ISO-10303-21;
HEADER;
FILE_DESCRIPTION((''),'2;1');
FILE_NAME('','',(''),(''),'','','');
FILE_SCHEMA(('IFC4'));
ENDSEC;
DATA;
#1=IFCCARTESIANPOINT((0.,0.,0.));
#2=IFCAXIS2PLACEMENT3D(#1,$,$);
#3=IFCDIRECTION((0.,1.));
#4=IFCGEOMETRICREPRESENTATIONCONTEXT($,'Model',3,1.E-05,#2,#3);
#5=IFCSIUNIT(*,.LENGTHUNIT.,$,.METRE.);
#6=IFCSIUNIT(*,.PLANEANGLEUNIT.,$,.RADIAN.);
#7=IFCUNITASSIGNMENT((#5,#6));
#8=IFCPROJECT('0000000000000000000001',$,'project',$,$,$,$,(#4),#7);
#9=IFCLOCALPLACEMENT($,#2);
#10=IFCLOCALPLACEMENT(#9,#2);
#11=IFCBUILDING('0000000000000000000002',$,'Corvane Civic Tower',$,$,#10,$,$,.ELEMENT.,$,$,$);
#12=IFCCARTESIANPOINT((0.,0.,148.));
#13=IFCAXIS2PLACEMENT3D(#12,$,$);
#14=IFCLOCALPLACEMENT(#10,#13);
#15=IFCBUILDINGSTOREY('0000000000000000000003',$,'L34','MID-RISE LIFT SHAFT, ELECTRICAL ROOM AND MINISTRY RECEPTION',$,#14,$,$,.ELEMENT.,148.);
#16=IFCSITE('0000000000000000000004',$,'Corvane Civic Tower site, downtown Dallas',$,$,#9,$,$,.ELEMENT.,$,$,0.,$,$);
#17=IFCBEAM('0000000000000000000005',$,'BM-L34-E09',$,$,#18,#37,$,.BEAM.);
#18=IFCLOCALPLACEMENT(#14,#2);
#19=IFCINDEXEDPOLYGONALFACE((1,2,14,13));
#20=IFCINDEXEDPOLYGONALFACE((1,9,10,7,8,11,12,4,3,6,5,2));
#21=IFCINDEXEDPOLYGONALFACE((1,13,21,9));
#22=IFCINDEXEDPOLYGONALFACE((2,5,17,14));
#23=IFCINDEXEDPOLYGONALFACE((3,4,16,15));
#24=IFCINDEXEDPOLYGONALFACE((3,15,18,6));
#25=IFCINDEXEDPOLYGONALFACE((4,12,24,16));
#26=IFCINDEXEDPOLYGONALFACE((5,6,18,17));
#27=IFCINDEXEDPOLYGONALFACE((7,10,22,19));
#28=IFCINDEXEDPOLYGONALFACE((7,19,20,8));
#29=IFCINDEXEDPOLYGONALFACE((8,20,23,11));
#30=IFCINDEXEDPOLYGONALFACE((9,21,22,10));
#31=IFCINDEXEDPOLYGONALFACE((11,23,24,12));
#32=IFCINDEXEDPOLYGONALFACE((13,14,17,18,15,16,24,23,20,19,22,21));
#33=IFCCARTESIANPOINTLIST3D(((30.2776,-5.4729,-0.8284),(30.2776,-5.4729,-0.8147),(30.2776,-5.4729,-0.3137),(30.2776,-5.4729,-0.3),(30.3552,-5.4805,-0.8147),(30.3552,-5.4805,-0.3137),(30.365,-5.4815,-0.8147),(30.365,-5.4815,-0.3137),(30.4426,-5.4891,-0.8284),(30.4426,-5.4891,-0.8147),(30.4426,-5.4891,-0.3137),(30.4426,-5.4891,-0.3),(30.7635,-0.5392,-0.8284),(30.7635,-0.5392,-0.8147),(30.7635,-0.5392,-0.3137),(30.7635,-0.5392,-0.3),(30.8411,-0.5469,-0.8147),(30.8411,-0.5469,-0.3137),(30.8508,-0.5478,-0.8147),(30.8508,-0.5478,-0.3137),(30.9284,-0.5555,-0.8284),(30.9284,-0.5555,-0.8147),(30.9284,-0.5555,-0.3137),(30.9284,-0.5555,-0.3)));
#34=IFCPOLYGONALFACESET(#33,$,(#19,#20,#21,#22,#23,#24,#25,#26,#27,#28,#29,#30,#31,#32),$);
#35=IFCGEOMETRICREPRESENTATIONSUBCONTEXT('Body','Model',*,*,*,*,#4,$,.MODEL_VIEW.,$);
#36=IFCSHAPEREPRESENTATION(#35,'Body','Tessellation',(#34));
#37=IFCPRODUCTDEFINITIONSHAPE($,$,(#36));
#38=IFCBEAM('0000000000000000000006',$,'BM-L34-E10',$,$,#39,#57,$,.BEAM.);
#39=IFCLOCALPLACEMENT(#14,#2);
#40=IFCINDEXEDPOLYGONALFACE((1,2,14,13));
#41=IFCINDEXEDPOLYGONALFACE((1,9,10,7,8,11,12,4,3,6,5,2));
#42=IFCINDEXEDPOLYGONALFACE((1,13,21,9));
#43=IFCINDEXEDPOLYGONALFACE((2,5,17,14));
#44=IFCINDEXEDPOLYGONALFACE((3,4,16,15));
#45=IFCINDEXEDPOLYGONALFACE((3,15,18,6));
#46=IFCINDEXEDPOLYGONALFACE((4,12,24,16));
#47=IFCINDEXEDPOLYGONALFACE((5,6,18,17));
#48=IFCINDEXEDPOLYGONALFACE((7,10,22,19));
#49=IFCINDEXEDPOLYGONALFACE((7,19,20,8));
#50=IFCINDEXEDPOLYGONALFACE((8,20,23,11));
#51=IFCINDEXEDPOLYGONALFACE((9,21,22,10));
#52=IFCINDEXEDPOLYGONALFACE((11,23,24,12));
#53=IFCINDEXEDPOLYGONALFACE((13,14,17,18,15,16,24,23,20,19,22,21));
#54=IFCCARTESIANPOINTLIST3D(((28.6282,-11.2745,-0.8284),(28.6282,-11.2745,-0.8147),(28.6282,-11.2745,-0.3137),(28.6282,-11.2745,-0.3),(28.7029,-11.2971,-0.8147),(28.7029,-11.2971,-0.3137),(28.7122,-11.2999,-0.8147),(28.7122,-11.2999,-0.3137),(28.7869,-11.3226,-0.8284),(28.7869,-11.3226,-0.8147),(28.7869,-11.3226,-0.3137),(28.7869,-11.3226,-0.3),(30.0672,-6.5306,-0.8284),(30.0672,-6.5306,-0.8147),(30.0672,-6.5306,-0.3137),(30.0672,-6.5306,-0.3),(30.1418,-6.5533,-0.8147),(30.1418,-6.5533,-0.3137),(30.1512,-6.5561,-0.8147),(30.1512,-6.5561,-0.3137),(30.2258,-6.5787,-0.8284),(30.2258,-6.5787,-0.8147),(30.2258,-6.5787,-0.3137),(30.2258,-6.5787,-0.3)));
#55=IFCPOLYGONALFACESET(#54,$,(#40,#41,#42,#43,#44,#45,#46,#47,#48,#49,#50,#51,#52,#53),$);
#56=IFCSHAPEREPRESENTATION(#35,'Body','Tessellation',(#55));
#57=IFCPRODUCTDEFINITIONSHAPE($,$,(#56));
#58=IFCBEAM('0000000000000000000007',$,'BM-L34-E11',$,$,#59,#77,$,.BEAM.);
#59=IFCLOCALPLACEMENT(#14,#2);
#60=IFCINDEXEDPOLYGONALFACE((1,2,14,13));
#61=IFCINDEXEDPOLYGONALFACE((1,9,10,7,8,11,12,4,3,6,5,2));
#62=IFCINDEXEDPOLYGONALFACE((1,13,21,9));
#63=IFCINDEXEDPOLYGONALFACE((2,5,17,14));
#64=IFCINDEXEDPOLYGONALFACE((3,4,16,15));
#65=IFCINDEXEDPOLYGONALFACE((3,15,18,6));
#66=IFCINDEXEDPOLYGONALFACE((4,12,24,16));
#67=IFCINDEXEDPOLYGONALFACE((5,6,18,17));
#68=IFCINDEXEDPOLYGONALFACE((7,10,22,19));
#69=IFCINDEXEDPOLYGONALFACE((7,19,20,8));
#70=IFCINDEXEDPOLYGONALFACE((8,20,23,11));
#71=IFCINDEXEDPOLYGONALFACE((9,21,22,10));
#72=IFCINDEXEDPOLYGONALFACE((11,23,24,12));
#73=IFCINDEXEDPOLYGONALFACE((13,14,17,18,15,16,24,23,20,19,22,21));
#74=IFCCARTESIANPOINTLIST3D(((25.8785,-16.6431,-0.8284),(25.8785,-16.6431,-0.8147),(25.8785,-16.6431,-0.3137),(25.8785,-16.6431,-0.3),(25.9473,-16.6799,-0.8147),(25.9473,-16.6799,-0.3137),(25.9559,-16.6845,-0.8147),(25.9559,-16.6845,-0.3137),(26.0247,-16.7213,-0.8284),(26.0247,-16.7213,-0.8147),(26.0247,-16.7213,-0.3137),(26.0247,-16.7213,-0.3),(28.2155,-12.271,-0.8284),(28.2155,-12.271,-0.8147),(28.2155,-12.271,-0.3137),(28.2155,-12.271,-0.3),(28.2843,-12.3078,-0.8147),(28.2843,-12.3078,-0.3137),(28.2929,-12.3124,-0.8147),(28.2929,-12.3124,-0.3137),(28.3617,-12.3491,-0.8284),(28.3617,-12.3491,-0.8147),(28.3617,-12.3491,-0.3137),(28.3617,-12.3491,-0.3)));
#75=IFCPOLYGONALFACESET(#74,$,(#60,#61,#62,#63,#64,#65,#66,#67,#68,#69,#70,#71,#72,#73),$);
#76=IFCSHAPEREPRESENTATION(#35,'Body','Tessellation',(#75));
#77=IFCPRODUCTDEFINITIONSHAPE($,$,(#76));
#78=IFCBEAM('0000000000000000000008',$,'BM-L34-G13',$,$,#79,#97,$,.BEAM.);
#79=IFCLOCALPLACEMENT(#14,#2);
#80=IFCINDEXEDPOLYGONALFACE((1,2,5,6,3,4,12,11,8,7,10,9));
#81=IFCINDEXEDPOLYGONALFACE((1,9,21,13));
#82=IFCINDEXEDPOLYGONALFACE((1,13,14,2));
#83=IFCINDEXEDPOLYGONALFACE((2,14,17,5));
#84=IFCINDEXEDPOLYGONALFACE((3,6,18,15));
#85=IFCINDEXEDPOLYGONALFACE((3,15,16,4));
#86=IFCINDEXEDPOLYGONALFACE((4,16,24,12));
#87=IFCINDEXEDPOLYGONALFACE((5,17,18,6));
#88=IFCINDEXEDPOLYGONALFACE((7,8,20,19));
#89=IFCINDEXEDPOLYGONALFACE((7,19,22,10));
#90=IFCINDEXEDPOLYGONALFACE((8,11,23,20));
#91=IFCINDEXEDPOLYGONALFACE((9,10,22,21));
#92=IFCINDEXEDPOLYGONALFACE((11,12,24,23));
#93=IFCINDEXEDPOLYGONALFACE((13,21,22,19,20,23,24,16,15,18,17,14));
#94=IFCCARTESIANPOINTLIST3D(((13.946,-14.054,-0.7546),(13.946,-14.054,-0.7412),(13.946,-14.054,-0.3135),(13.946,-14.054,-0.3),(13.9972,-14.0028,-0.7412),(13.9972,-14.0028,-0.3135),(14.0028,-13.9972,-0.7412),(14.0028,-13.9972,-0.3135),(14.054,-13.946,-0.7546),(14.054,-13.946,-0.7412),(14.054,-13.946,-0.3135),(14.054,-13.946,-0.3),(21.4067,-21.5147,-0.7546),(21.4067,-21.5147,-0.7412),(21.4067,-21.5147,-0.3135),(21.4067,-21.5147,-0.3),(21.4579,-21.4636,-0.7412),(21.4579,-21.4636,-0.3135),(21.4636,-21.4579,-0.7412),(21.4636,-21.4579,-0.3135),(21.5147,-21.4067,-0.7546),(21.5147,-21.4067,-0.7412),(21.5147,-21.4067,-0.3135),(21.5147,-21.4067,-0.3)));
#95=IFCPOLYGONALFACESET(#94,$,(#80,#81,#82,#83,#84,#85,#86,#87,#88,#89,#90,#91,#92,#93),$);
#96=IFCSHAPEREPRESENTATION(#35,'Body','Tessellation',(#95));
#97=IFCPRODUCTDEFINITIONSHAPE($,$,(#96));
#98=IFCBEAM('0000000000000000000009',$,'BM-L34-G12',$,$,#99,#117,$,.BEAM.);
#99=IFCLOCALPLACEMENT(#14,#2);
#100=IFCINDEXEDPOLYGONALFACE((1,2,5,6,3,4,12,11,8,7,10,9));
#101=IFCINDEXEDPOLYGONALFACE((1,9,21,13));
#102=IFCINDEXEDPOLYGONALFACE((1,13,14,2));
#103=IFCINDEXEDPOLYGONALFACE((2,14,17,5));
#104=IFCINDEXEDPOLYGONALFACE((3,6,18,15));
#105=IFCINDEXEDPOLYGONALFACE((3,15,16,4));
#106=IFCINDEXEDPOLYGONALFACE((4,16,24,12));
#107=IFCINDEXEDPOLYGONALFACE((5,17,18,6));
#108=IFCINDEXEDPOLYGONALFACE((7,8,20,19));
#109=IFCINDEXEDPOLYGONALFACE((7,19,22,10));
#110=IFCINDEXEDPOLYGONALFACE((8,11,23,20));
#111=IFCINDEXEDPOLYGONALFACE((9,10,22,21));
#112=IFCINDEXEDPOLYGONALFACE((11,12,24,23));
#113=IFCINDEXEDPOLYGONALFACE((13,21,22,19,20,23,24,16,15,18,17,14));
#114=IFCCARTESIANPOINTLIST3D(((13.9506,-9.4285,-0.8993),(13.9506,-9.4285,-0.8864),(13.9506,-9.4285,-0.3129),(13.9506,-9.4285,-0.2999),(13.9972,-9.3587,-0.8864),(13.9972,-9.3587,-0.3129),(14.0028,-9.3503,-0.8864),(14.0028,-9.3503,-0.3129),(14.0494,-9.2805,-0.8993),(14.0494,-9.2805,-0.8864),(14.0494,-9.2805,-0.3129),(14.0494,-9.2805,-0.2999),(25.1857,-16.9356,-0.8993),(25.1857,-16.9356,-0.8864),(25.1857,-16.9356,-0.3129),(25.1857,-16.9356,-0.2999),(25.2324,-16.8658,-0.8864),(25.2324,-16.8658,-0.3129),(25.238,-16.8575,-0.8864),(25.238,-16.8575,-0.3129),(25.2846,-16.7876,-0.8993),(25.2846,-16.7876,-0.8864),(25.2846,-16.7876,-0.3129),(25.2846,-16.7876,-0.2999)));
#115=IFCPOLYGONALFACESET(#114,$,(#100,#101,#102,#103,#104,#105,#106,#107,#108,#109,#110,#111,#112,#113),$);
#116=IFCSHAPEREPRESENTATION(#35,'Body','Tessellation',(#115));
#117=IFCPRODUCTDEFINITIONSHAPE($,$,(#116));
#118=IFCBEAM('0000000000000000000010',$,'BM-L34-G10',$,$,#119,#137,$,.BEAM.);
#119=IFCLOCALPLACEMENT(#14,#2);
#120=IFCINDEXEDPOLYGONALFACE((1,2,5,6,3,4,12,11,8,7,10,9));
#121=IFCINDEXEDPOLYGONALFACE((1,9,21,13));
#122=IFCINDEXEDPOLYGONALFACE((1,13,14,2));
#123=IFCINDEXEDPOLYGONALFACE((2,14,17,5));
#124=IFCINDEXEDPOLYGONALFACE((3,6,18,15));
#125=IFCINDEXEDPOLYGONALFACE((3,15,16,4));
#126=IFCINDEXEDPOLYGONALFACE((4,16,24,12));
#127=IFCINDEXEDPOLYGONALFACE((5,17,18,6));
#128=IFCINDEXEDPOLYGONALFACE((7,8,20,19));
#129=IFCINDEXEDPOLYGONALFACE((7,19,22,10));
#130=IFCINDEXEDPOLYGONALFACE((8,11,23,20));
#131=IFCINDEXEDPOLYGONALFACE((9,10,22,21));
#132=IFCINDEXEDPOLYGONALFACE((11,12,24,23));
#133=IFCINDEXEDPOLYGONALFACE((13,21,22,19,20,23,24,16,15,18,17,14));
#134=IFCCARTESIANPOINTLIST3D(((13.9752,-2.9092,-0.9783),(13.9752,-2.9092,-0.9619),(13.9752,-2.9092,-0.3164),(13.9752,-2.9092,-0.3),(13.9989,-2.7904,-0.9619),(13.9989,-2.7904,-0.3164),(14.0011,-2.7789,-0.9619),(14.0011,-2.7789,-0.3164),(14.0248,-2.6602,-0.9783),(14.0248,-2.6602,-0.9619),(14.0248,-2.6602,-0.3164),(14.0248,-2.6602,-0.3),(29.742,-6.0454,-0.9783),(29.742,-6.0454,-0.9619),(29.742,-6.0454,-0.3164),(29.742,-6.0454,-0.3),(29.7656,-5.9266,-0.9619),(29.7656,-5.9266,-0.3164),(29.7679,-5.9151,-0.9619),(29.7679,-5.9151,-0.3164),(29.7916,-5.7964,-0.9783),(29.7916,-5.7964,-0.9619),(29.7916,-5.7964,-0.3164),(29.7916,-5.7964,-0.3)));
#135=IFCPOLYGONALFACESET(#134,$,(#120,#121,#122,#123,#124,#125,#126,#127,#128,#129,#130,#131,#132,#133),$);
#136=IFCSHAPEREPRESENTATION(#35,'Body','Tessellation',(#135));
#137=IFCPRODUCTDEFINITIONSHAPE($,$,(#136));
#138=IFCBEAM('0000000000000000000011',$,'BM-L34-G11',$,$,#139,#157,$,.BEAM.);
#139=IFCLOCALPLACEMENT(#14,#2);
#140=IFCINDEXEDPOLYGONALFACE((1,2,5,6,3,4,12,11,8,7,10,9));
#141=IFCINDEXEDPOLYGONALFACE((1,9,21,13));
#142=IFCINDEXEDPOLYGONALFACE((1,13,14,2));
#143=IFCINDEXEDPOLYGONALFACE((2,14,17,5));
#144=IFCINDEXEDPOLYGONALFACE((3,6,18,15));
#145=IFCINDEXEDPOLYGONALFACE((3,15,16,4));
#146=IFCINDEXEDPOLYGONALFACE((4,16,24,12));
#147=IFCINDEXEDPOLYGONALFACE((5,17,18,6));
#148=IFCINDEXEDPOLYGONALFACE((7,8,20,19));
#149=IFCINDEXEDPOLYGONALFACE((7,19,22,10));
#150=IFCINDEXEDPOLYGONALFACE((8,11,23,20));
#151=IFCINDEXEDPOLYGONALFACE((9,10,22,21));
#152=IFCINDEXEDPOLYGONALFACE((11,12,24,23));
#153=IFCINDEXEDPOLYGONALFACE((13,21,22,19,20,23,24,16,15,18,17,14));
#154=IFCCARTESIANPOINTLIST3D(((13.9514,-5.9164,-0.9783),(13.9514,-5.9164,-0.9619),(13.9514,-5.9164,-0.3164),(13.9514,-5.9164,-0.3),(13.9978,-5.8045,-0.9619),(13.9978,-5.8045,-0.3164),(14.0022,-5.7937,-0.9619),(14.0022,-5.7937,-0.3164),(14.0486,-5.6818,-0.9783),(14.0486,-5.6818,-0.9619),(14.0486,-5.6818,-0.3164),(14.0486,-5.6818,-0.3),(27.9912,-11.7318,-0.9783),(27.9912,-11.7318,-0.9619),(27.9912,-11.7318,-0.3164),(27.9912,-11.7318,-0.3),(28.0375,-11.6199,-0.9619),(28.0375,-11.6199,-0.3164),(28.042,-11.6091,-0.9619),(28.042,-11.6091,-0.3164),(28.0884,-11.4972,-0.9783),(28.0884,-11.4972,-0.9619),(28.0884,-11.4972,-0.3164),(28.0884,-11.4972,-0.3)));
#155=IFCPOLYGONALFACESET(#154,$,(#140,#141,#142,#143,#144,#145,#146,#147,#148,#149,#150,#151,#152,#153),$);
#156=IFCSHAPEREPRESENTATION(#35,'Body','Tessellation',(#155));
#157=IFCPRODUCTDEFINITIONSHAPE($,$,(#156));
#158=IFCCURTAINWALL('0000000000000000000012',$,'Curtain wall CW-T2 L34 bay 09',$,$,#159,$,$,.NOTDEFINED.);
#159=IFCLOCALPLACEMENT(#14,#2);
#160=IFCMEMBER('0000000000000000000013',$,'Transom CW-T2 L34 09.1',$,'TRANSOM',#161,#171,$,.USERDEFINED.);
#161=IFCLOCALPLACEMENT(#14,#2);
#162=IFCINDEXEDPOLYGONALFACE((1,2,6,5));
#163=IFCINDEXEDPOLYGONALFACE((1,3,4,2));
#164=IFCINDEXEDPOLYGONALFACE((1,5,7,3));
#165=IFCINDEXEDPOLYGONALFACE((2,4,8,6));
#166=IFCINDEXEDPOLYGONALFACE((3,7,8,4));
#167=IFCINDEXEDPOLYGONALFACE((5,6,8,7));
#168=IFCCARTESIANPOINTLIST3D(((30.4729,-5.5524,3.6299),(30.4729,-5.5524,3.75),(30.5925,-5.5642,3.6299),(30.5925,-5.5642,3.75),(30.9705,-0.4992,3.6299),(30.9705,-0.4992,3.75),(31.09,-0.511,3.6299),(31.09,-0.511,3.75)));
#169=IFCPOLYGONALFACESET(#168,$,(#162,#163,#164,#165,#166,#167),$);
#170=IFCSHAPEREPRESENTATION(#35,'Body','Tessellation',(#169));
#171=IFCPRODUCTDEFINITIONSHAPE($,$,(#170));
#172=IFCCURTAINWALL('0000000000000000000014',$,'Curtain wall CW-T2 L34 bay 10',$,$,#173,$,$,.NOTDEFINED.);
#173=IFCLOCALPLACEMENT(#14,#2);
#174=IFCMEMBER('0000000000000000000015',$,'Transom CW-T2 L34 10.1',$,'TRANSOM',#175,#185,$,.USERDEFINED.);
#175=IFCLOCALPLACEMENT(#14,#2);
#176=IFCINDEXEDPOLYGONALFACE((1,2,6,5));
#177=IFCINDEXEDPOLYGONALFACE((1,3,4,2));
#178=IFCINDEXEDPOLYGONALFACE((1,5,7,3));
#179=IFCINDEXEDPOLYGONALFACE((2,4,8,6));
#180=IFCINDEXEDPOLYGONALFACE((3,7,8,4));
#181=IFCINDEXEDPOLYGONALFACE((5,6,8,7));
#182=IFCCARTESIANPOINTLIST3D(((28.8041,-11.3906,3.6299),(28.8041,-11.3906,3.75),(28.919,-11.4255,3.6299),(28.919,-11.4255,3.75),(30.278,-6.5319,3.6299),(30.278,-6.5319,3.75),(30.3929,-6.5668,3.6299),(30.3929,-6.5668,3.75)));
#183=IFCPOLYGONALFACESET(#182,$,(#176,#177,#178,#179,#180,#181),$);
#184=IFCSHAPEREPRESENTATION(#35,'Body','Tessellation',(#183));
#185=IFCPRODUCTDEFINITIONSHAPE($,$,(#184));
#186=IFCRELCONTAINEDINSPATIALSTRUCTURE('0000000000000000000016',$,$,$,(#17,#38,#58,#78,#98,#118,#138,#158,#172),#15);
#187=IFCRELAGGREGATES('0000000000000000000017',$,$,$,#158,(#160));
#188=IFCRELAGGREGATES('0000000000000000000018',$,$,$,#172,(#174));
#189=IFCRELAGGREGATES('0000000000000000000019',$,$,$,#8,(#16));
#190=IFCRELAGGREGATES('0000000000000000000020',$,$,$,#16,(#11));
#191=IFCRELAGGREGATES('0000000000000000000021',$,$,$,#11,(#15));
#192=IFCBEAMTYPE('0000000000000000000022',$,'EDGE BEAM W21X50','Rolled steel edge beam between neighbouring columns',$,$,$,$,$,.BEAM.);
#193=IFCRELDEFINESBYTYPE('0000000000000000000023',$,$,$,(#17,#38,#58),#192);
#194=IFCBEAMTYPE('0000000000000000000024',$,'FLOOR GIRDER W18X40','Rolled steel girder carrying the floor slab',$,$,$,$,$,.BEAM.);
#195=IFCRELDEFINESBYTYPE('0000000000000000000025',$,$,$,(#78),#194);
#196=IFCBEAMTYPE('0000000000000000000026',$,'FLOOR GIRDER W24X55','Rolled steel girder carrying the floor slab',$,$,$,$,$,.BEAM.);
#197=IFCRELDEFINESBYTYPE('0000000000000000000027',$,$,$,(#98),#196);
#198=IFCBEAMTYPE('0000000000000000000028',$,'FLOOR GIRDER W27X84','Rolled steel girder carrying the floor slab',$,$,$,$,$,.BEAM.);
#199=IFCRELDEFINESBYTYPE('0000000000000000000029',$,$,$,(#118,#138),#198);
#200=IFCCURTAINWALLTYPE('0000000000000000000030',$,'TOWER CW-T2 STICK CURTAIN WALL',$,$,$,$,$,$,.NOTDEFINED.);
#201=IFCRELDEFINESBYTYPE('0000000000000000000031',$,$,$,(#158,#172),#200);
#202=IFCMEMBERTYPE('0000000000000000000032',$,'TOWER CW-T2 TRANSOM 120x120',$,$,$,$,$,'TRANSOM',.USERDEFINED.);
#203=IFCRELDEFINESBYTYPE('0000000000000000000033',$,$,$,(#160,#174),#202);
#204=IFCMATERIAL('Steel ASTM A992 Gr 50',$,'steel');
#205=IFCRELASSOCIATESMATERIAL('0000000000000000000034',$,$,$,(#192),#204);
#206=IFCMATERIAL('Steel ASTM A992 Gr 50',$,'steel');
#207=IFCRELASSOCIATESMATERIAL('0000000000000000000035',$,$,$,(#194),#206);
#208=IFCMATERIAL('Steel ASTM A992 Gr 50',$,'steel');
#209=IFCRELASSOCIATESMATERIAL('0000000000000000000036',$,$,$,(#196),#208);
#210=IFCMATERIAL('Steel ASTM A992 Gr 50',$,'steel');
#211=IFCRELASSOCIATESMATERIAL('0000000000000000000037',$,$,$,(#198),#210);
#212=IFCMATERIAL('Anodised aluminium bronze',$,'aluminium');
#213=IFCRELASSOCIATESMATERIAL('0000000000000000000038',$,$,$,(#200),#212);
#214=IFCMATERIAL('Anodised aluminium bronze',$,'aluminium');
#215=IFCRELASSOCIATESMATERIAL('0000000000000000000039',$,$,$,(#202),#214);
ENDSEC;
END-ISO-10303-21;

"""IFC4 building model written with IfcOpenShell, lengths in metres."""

from ifc_helpers import new_model, si_unit, direction, frame, origin, origin_2d, place, context, subcontext, project, spatial, rectangle, i_section, extrude, material, material_profile, profile_set, type_object, element, aggregate, save


model = new_model("IFC4")

# Units and contexts
model_context = context("Model", 3, precision=1e-05, world=origin(), true_north=direction((0.0, 1.0)))
body_context = subcontext(model_context, "Body", "Model", "MODEL_VIEW")
ifc_project = project(units=[si_unit("LENGTHUNIT", "METRE"), si_unit("PLANEANGLEUNIT", "RADIAN")], contexts=[model_context])

# Site, building, storey
site_placement = place(None, origin())
site = spatial("IfcSite", under=ifc_project, at=site_placement, Name="Corvane Civic Tower site, downtown Dallas", CompositionType="ELEMENT", RefElevation=0.0)
building_placement = place(site_placement, origin())
building = spatial("IfcBuilding", under=site, at=building_placement, Name="Corvane Civic Tower", CompositionType="ELEMENT")
storey_placement = place(building_placement, frame((0.0, 0.0, 148.0)))
storey = spatial("IfcBuildingStorey", under=building, at=storey_placement, Name="L34", Description="MID-RISE LIFT SHAFT, ELECTRICAL ROOM AND MINISTRY RECEPTION", CompositionType="ELEMENT", Elevation=148.0)

# Beams
ifc_material_1 = material(Name="Steel ASTM A992 Gr 50", Category="steel")
ifc_material_profile_1 = material_profile(ifc_material_1, i_section(OverallWidth=0.1658, OverallDepth=0.5283, WebThickness=0.0098, FlangeThickness=0.0137, at=origin_2d()), Name="W21X50")
ifc_profile_set_1 = profile_set([ifc_material_profile_1], Name="Steel ASTM A992 Gr 50")
beam_type_1 = type_object("IfcBeamType", Name="EDGE BEAM W21X50", Description="Rolled steel edge beam between neighbouring columns", PredefinedType="BEAM", material=ifc_profile_set_1)
beam_1_placement = place(storey_placement, frame((30.8459, -0.5474, -0.5642), z_axis=(-0.098002, -0.995186, 0.0), x_axis=(0.995186, -0.098002, 0.0)))
element("IfcBeam", 1, at=beam_1_placement, inside=storey, type_object=beam_type_1, Name="BM-L34-E09", PredefinedType="BEAM", context=body_context, shape_type="SweptSolid", body=[
    extrude(i_section(OverallWidth=0.1658, OverallDepth=0.5283, WebThickness=0.0098, FlangeThickness=0.0137, at=origin_2d()), origin(), (0.0, 0.0, 1.0), 4.9575),
])
beam_2_placement = place(storey_placement, frame((30.1465, -6.5547, -0.5642), z_axis=(-0.29027, -0.956945, 0.0), x_axis=(0.956945, -0.29027, 0.0)))
element("IfcBeam", 2, at=beam_2_placement, inside=storey, type_object=beam_type_1, Name="BM-L34-E10", PredefinedType="BEAM", context=body_context, shape_type="SweptSolid", body=[
    extrude(i_section(OverallWidth=0.1658, OverallDepth=0.5283, WebThickness=0.0098, FlangeThickness=0.0137, at=origin_2d()), origin(), (0.0, 0.0, 1.0), 4.9573),
])
beam_3_placement = place(storey_placement, frame((28.2886, -12.3101, -0.5642), z_axis=(-0.471396, -0.881922, 0.0), x_axis=(0.881922, -0.471396, 0.0)))
element("IfcBeam", 3, at=beam_3_placement, inside=storey, type_object=beam_type_1, Name="BM-L34-E11", PredefinedType="BEAM", context=body_context, shape_type="SweptSolid", body=[
    extrude(i_section(OverallWidth=0.1658, OverallDepth=0.5283, WebThickness=0.0098, FlangeThickness=0.0137, at=origin_2d()), origin(), (0.0, 0.0, 1.0), 4.9575),
])
ifc_material_2 = material(Name="Steel ASTM A992 Gr 50", Category="steel")
ifc_material_profile_2 = material_profile(ifc_material_2, i_section(OverallWidth=0.1528, OverallDepth=0.4546, WebThickness=0.0081, FlangeThickness=0.0134, at=origin_2d()), Name="W18X40")
ifc_profile_set_2 = profile_set([ifc_material_profile_2], Name="Steel ASTM A992 Gr 50")
beam_type_2 = type_object("IfcBeamType", Name="FLOOR GIRDER W18X40", Description="Rolled steel girder carrying the floor slab", PredefinedType="BEAM", material=ifc_profile_set_2)
beam_4_placement = place(storey_placement, frame((14.0, -14.0, -0.5273), z_axis=(0.707107, -0.707107, 0.0), x_axis=(0.707107, 0.707107, 0.0)))
element("IfcBeam", 4, at=beam_4_placement, inside=storey, type_object=beam_type_2, Name="BM-L34-G13", PredefinedType="BEAM", context=body_context, shape_type="SweptSolid", body=[
    extrude(i_section(OverallWidth=0.1528, OverallDepth=0.4546, WebThickness=0.0081, FlangeThickness=0.0134, at=origin_2d()), origin(), (0.0, 0.0, 1.0), 10.551),
])
ifc_material_3 = material(Name="Steel ASTM A992 Gr 50", Category="steel")
ifc_material_profile_3 = material_profile(ifc_material_3, i_section(OverallWidth=0.178, OverallDepth=0.5994, WebThickness=0.01, FlangeThickness=0.0129, at=origin_2d()), Name="W24X55")
ifc_profile_set_3 = profile_set([ifc_material_profile_3], Name="Steel ASTM A992 Gr 50")
beam_type_3 = type_object("IfcBeamType", Name="FLOOR GIRDER W24X55", Description="Rolled steel girder carrying the floor slab", PredefinedType="BEAM", material=ifc_profile_set_3)
beam_5_placement = place(storey_placement, frame((14.0, -9.3545, -0.5996), z_axis=(0.831469, -0.555571, 0.0), x_axis=(0.555571, 0.831469, 0.0)))
element("IfcBeam", 5, at=beam_5_placement, inside=storey, type_object=beam_type_3, Name="BM-L34-G12", PredefinedType="BEAM", context=body_context, shape_type="SweptSolid", body=[
    extrude(i_section(OverallWidth=0.178, OverallDepth=0.5994, WebThickness=0.01, FlangeThickness=0.0129, at=origin_2d()), origin(), (0.0, 0.0, 1.0), 13.5125),
])
ifc_material_4 = material(Name="Steel ASTM A992 Gr 50", Category="steel")
ifc_material_profile_4 = material_profile(ifc_material_4, i_section(OverallWidth=0.2539, OverallDepth=0.6782, WebThickness=0.0117, FlangeThickness=0.0164, at=origin_2d()), Name="W27X84")
ifc_profile_set_4 = profile_set([ifc_material_profile_4], Name="Steel ASTM A992 Gr 50")
beam_type_4 = type_object("IfcBeamType", Name="FLOOR GIRDER W27X84", Description="Rolled steel girder carrying the floor slab", PredefinedType="BEAM", material=ifc_profile_set_4)
beam_6_placement = place(storey_placement, frame((14.0, -2.7847, -0.6392), z_axis=(0.980785, -0.195091, 0.0), x_axis=(0.195091, 0.980785, 0.0)))
element("IfcBeam", 6, at=beam_6_placement, inside=storey, type_object=beam_type_4, Name="BM-L34-G10", PredefinedType="BEAM", context=body_context, shape_type="SweptSolid", body=[
    extrude(i_section(OverallWidth=0.2539, OverallDepth=0.6782, WebThickness=0.0117, FlangeThickness=0.0164, at=origin_2d()), origin(), (0.0, 0.0, 1.0), 16.0757),
])
beam_7_placement = place(storey_placement, frame((14.0, -5.7991, -0.6392), z_axis=(0.923881, -0.382681, 0.0), x_axis=(0.382681, 0.923881, 0.0)))
element("IfcBeam", 7, at=beam_7_placement, inside=storey, type_object=beam_type_4, Name="BM-L34-G11", PredefinedType="BEAM", context=body_context, shape_type="SweptSolid", body=[
    extrude(i_section(OverallWidth=0.2539, OverallDepth=0.6782, WebThickness=0.0117, FlangeThickness=0.0164, at=origin_2d()), origin(), (0.0, 0.0, 1.0), 15.1965),
])

# Curtain walls, members
ifc_material_5 = material(Name="Anodised aluminium bronze", Category="aluminium")
curtain_wall_type = type_object("IfcCurtainWallType", Name="TOWER CW-T2 STICK CURTAIN WALL", PredefinedType="NOTDEFINED", material=ifc_material_5)
curtain_wall_1_placement = place(storey_placement, origin())
curtain_wall_1 = element("IfcCurtainWall", 8, at=curtain_wall_1_placement, inside=storey, type_object=curtain_wall_type, Name="Curtain wall CW-T2 L34 bay 09", PredefinedType="NOTDEFINED")
ifc_material_6 = material(Name="Anodised aluminium bronze", Category="aluminium")
ifc_material_profile_5 = material_profile(ifc_material_6, rectangle(XDim=0.1201, YDim=0.1201, at=origin_2d()), Name="TOWER CW-T2 TRANSOM 120x120")
ifc_profile_set_5 = profile_set([ifc_material_profile_5], Name="Anodised aluminium bronze")
member_type = type_object("IfcMemberType", Name="TOWER CW-T2 TRANSOM 120x120", ElementType="TRANSOM", PredefinedType="USERDEFINED", material=ifc_profile_set_5)
member_1_placement = place(storey_placement, frame((31.0303, -0.5051, 3.6899), z_axis=(-0.09799, -0.995187, 0.0), x_axis=(0.995187, -0.09799, 0.0)))
member_1 = element("IfcMember", 9, at=member_1_placement, type_object=member_type, Name="Transom CW-T2 L34 09.1", ObjectType="TRANSOM", PredefinedType="USERDEFINED", context=body_context, shape_type="SweptSolid", body=[
    extrude(rectangle(XDim=0.1201, YDim=0.1201, at=origin_2d()), origin(), (0.0, 0.0, 1.0), 5.0776),
])
curtain_wall_2_placement = place(storey_placement, origin())
curtain_wall_2 = element("IfcCurtainWall", 10, at=curtain_wall_2_placement, inside=storey, type_object=curtain_wall_type, Name="Curtain wall CW-T2 L34 bay 10", PredefinedType="NOTDEFINED")
member_2_placement = place(storey_placement, frame((30.3354, -6.5493, 3.6899), z_axis=(-0.290289, -0.956939, 0.0), x_axis=(0.956939, -0.290289, 0.0)))
member_2 = element("IfcMember", 11, at=member_2_placement, type_object=member_type, Name="Transom CW-T2 L34 10.1", ObjectType="TRANSOM", PredefinedType="USERDEFINED", context=body_context, shape_type="SweptSolid", body=[
    extrude(rectangle(XDim=0.1201, YDim=0.1201, at=origin_2d()), origin(), (0.0, 0.0, 1.0), 5.0774),
])

aggregate(curtain_wall_1, [member_1])
aggregate(curtain_wall_2, [member_2])

save(model, "model.ifc")
